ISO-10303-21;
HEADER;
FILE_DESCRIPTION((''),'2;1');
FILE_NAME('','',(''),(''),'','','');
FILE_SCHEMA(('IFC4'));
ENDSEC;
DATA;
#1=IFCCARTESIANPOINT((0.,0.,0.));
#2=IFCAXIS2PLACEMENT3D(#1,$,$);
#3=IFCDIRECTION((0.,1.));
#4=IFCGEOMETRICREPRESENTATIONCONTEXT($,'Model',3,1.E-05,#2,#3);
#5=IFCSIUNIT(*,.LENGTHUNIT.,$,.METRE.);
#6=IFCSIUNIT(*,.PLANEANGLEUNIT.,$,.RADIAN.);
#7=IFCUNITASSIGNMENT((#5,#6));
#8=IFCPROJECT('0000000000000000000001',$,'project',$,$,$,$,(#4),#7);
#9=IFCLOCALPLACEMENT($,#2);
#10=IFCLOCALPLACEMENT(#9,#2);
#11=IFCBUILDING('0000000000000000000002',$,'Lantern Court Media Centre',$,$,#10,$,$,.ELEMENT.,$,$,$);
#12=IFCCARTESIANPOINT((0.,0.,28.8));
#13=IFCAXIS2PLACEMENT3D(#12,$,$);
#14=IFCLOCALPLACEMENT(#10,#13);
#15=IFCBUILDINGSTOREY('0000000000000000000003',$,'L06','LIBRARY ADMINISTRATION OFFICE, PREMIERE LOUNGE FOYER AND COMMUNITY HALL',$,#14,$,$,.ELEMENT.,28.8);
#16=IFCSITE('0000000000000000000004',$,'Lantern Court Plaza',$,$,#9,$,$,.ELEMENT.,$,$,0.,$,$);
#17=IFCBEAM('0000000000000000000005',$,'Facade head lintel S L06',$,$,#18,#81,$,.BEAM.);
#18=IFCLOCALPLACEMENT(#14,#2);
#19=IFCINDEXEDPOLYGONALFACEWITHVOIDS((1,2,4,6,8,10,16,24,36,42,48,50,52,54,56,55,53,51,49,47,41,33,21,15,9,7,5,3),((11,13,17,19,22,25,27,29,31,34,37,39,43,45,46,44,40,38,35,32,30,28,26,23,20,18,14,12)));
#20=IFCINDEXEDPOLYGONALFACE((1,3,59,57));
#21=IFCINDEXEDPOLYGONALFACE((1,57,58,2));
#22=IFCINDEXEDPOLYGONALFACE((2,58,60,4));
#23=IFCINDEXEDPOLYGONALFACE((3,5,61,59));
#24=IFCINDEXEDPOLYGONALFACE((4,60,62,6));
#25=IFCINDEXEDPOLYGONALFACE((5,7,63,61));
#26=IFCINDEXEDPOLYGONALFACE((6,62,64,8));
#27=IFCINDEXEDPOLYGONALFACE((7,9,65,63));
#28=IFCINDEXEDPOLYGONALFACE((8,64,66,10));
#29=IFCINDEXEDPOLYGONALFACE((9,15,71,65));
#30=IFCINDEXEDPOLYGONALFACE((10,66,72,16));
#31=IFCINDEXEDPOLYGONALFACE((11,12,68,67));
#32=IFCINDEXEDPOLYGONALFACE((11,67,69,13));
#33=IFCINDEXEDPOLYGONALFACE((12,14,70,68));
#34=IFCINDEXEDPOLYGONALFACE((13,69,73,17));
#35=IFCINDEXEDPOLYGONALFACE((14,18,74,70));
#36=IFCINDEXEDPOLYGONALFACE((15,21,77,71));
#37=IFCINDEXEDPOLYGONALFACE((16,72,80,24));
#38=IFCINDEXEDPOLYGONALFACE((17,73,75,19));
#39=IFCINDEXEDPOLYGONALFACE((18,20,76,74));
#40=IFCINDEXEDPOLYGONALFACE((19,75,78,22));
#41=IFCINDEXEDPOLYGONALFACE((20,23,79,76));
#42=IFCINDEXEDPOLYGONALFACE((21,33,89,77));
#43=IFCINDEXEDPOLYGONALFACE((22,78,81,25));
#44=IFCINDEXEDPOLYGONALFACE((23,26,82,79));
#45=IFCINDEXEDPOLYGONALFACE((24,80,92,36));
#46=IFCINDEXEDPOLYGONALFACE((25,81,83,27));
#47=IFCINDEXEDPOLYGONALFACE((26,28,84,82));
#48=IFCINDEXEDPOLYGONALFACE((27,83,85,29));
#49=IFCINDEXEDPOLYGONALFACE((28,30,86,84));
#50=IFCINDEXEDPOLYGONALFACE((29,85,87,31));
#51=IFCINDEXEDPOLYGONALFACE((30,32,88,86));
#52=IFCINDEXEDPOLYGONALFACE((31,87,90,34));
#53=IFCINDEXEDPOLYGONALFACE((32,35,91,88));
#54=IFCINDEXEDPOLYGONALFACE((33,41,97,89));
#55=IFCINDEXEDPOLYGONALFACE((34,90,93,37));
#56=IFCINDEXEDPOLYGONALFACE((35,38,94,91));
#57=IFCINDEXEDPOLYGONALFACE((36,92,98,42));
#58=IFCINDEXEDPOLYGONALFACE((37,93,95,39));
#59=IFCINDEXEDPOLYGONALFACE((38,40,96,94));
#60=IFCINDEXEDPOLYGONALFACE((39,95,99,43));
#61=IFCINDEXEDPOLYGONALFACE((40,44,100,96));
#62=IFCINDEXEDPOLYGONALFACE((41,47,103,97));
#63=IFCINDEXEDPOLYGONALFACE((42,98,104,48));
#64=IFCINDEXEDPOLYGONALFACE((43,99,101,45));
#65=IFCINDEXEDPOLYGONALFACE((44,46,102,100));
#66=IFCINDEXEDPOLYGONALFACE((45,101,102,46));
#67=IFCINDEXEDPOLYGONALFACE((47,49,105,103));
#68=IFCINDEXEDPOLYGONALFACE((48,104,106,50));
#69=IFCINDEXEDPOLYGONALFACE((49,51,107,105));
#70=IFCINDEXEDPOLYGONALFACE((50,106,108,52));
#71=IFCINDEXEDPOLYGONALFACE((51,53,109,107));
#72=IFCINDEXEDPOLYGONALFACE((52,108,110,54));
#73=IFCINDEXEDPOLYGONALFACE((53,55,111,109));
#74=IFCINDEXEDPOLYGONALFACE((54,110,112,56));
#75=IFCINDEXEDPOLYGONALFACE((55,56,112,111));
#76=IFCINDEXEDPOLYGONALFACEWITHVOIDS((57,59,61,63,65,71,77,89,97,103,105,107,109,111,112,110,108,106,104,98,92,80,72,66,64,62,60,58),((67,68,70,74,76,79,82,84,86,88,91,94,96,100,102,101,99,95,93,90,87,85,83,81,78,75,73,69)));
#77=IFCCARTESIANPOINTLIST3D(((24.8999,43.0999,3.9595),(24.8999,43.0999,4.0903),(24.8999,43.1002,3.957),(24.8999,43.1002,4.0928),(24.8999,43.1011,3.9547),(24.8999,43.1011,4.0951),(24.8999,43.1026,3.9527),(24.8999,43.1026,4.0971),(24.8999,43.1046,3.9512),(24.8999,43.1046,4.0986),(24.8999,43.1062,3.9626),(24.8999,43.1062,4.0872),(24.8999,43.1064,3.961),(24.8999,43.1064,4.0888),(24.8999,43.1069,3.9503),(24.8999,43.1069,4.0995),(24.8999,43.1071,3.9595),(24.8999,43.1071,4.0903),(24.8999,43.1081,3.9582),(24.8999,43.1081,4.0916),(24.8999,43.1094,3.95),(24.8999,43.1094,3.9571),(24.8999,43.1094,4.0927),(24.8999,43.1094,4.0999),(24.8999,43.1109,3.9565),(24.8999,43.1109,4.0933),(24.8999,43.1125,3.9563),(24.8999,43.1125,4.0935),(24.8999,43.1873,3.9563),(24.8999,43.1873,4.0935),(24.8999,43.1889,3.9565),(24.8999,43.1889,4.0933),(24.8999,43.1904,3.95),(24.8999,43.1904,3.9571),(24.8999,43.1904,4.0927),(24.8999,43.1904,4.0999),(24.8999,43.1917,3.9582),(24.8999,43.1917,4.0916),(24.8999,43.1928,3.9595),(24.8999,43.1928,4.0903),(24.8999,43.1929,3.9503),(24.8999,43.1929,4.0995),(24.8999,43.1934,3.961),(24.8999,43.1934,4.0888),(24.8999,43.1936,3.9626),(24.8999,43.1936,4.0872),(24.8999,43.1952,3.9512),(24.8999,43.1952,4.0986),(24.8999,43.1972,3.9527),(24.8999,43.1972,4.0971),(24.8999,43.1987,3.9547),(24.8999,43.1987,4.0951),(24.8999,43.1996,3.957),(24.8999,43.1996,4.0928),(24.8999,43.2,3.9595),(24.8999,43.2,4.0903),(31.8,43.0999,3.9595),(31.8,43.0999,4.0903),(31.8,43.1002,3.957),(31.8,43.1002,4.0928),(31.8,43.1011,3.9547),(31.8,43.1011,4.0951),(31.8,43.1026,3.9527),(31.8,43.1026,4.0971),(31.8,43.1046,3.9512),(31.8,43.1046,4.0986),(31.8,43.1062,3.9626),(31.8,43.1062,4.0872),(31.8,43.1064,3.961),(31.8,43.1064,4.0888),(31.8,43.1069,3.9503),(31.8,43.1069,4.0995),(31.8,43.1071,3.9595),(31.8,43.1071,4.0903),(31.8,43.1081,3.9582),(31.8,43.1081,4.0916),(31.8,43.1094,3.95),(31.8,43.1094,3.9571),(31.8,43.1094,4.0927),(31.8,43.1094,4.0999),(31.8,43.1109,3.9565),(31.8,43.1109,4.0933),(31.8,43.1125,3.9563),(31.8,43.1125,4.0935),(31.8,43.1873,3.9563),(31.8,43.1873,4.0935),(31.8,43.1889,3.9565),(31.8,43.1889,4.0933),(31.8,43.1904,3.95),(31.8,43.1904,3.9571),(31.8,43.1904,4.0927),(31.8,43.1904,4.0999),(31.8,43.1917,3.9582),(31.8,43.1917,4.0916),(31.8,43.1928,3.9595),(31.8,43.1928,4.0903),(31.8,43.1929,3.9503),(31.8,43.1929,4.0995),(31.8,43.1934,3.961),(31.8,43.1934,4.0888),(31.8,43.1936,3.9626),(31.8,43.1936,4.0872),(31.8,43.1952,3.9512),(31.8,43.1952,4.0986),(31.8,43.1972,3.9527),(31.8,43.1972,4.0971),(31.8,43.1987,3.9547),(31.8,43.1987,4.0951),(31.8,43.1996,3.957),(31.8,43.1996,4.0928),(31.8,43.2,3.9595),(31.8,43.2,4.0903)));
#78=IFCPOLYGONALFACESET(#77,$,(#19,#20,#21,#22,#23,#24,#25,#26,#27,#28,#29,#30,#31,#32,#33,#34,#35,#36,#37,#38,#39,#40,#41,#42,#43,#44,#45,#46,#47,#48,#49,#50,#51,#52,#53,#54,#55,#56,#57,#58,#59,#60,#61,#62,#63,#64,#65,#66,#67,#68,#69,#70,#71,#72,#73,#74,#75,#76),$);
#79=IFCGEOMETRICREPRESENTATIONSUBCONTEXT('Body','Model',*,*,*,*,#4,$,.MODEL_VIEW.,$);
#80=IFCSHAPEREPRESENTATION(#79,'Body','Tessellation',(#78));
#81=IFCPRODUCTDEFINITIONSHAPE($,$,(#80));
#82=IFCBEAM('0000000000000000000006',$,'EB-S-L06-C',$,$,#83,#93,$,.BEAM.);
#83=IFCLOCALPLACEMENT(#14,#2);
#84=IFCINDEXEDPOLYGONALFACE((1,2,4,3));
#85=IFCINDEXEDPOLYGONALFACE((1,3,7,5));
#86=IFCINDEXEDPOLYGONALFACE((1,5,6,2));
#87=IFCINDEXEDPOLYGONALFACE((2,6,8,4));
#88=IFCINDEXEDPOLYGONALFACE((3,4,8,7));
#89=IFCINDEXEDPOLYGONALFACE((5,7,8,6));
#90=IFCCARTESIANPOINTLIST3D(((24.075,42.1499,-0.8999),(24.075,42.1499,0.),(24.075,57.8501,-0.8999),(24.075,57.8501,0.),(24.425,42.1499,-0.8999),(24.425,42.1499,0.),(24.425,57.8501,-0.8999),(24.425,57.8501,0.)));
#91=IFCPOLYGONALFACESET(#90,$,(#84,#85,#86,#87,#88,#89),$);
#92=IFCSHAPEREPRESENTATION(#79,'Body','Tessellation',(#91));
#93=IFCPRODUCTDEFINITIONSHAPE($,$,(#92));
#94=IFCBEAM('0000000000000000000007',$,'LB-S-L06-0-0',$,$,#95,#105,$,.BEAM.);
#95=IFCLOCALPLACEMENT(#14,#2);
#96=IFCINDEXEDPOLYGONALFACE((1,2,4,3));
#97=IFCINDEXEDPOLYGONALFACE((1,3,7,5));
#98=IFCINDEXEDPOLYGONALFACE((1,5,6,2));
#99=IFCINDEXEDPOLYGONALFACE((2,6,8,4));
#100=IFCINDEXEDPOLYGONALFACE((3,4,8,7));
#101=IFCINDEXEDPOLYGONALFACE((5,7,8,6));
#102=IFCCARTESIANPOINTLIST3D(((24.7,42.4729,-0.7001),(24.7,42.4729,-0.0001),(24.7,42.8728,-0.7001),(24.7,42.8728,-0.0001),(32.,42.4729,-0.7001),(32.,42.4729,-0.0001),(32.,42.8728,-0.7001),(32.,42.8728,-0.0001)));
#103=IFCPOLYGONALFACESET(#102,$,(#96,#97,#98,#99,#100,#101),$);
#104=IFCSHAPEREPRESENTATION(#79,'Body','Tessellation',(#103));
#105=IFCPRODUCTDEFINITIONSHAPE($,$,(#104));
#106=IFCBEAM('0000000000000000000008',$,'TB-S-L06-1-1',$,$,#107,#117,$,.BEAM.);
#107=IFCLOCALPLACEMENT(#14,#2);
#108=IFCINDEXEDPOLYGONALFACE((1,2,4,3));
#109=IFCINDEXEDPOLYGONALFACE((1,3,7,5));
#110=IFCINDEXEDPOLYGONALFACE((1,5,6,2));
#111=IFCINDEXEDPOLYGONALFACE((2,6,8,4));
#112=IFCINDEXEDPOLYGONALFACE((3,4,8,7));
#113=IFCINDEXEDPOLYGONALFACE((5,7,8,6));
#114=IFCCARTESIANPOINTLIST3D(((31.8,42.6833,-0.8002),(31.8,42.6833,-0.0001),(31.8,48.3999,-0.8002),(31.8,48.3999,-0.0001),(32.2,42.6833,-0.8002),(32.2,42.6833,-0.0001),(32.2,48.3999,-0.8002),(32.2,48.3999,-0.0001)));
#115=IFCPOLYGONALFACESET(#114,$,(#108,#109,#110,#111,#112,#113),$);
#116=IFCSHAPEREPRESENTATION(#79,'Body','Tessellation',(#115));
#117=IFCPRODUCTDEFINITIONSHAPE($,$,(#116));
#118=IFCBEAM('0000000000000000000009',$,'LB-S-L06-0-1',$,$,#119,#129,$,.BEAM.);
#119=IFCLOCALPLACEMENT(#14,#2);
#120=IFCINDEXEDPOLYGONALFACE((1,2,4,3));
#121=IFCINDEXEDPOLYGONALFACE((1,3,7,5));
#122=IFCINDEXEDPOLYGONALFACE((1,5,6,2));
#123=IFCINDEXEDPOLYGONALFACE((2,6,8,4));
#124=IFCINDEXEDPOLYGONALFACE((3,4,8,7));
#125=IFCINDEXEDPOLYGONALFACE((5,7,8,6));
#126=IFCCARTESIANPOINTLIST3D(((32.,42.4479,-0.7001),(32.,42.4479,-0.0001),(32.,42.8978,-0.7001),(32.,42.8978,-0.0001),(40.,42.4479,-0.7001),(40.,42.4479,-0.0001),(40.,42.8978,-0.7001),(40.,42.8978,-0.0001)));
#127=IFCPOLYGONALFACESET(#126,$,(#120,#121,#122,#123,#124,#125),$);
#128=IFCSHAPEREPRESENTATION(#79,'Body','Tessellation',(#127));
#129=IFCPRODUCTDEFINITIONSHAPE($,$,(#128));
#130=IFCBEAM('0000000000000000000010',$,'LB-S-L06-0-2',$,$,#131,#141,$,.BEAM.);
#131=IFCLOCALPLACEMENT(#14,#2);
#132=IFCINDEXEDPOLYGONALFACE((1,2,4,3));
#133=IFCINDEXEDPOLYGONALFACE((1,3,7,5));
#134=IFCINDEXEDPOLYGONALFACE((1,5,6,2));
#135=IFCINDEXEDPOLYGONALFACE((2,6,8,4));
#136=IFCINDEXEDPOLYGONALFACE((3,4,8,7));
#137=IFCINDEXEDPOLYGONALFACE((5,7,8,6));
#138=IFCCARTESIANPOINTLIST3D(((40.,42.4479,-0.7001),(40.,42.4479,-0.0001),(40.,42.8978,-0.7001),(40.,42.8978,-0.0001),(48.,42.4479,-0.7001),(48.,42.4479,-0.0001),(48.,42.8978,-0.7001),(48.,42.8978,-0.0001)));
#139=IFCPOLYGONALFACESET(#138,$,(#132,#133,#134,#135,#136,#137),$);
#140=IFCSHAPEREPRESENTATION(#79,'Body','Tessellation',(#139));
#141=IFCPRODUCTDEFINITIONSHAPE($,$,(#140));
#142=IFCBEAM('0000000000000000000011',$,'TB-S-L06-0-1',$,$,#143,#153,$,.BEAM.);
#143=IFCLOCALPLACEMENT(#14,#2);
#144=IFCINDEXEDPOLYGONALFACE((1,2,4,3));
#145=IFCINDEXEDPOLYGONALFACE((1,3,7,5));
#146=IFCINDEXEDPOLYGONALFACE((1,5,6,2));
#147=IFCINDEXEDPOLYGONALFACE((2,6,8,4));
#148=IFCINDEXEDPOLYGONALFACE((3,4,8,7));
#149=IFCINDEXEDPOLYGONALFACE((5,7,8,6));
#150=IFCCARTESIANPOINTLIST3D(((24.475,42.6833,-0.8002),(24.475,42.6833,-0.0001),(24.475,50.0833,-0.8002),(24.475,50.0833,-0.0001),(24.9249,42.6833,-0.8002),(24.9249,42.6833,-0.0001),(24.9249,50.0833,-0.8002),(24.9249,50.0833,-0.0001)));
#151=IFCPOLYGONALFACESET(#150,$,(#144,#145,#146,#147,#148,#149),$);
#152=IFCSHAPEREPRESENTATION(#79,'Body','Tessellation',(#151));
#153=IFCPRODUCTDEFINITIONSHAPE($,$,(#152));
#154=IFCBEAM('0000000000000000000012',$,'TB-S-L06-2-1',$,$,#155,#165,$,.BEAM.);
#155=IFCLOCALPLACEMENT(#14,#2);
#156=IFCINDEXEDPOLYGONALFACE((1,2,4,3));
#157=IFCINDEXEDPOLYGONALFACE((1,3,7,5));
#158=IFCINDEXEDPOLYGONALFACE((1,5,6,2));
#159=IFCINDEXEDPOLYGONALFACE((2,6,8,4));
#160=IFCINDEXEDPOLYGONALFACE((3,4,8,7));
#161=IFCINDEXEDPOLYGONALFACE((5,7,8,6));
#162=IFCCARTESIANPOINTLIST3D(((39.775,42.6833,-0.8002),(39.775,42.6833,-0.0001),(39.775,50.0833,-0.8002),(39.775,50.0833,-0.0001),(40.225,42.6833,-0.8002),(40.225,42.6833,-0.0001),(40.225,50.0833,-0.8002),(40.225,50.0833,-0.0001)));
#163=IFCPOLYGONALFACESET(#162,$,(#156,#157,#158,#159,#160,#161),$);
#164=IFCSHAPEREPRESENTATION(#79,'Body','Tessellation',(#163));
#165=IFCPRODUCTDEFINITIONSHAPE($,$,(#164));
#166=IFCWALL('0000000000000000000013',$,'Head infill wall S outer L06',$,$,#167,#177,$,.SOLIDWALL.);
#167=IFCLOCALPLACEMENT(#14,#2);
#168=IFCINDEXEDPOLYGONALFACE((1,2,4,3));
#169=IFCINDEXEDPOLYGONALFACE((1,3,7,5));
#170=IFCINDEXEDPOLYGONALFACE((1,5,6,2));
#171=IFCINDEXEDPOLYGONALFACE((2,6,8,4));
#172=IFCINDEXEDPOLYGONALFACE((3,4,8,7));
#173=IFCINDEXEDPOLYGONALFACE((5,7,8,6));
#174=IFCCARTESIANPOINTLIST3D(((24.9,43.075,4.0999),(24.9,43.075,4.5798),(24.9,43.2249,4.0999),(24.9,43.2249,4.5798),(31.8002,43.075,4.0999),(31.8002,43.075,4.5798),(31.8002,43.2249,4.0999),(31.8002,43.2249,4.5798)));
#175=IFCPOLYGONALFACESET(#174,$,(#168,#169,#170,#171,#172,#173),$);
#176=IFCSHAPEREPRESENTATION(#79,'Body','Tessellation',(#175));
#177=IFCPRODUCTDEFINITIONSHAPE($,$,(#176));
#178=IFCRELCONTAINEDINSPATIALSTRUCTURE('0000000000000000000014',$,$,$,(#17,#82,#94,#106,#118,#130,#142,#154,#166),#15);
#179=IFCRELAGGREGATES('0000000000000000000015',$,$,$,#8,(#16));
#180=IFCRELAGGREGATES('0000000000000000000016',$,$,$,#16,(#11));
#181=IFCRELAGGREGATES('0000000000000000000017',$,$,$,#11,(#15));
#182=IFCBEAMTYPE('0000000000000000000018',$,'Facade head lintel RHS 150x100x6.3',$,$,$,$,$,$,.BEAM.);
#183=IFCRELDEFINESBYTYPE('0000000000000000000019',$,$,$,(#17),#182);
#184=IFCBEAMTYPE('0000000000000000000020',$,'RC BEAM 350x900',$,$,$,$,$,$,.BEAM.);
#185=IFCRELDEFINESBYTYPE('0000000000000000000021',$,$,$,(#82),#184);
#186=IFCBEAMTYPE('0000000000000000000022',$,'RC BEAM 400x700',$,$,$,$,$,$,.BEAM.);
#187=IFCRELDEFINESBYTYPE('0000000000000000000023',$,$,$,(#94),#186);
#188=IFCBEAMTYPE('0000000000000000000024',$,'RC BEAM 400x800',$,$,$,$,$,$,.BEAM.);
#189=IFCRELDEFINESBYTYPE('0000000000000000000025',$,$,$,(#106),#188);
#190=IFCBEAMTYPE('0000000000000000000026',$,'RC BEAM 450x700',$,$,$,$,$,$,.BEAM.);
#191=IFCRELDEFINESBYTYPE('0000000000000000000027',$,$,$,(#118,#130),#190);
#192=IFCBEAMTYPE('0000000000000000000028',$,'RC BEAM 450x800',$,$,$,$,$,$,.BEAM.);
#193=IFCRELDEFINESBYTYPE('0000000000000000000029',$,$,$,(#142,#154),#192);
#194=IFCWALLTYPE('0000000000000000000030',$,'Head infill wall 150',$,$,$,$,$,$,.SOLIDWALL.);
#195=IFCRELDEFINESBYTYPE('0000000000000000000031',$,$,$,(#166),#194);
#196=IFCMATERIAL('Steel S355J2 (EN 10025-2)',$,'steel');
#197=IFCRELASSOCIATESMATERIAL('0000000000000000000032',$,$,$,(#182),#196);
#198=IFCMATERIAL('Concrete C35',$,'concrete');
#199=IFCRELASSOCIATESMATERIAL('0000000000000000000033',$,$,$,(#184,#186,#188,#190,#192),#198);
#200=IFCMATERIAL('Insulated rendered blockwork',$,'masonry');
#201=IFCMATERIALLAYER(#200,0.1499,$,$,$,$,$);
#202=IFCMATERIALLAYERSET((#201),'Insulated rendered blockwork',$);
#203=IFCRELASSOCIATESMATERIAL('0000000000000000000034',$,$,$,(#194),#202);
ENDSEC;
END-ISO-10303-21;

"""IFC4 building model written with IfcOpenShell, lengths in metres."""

from ifc_helpers import new_model, si_unit, direction, frame, frame_2d, origin, origin_2d, place, context, subcontext, project, spatial, rectangle, hollow_rectangle, extrude, material, layer, layer_set, material_profile, profile_set, type_object, element, save


model = new_model("IFC4")

# Units and contexts
model_context = context("Model", 3, precision=1e-05, world=origin(), true_north=direction((0.0, 1.0)))
body_context = subcontext(model_context, "Body", "Model", "MODEL_VIEW")
ifc_project = project(units=[si_unit("LENGTHUNIT", "METRE"), si_unit("PLANEANGLEUNIT", "RADIAN")], contexts=[model_context])

# Site, building, storey
site_placement = place(None, origin())
site = spatial("IfcSite", under=ifc_project, at=site_placement, Name="Lantern Court Plaza", CompositionType="ELEMENT", RefElevation=0.0)
building_placement = place(site_placement, origin())
building = spatial("IfcBuilding", under=site, at=building_placement, Name="Lantern Court Media Centre", CompositionType="ELEMENT")
storey_placement = place(building_placement, frame((0.0, 0.0, 28.8)))
storey = spatial("IfcBuildingStorey", under=building, at=storey_placement, Name="L06", Description="LIBRARY ADMINISTRATION OFFICE, PREMIERE LOUNGE FOYER AND COMMUNITY HALL", CompositionType="ELEMENT", Elevation=28.8)

# Shared definitions
ifc_material_1 = material(Name="Concrete C35", Category="concrete")

# Beams
ifc_material_2 = material(Name="Steel S355J2 (EN 10025-2)", Category="steel")
ifc_material_profile_1 = material_profile(ifc_material_2, hollow_rectangle(XDim=0.1001, YDim=0.1499, WallThickness=0.0063, InnerFilletRadius=0.0063, OuterFilletRadius=0.0095, at=origin_2d()), Name="Facade head lintel RHS 150x100x6.3")
ifc_profile_set_1 = profile_set([ifc_material_profile_1], Name="Steel S355J2 (EN 10025-2)")
beam_type_1 = type_object("IfcBeamType", Name="Facade head lintel RHS 150x100x6.3", PredefinedType="BEAM", material=ifc_profile_set_1)
beam_1_placement = place(storey_placement, frame((24.8999, 43.1499, 4.0249), z_axis=(1.0, 0.0, 0.0), x_axis=(0.0, 1.0, 0.0)))
element("IfcBeam", 1, at=beam_1_placement, inside=storey, type_object=beam_type_1, Name="Facade head lintel S L06", PredefinedType="BEAM", context=body_context, shape_type="SweptSolid", body=[
    extrude(hollow_rectangle(XDim=0.1001, YDim=0.1499, WallThickness=0.0063, InnerFilletRadius=0.0063, OuterFilletRadius=0.0095, at=origin_2d()), origin(), (0.0, 0.0, 1.0), 6.9001),
])
ifc_material_profile_2 = material_profile(ifc_material_1, rectangle(XDim=0.3501, YDim=0.8999, at=origin_2d()), Name="RC 350x900")
ifc_profile_set_2 = profile_set([ifc_material_profile_2], Name="Concrete C35")
beam_type_2 = type_object("IfcBeamType", Name="RC BEAM 350x900", PredefinedType="BEAM", material=ifc_profile_set_2)
beam_2_placement = place(storey_placement, frame((24.25, 42.1499, -0.45), z_axis=(0.0, 1.0, 0.0), x_axis=(-1.0, 0.0, 0.0)))
element("IfcBeam", 2, at=beam_2_placement, inside=storey, type_object=beam_type_2, Name="EB-S-L06-C", PredefinedType="BEAM", context=body_context, shape_type="SweptSolid", body=[
    extrude(rectangle(XDim=0.3501, YDim=0.8999, at=origin_2d()), origin(), (0.0, 0.0, 1.0), 15.7002),
])
ifc_material_profile_3 = material_profile(ifc_material_1, rectangle(XDim=0.3999, YDim=0.7, at=origin_2d()), Name="RC 400x700")
ifc_profile_set_3 = profile_set([ifc_material_profile_3], Name="Concrete C35")
beam_type_3 = type_object("IfcBeamType", Name="RC BEAM 400x700", PredefinedType="BEAM", material=ifc_profile_set_3)
beam_3_placement = place(storey_placement, frame((24.7, 42.6729, -0.3501), z_axis=(1.0, 0.0, 0.0), x_axis=(0.0, 1.0, 0.0)))
element("IfcBeam", 3, at=beam_3_placement, inside=storey, type_object=beam_type_3, Name="LB-S-L06-0-0", PredefinedType="BEAM", context=body_context, shape_type="SweptSolid", body=[
    extrude(rectangle(XDim=0.3999, YDim=0.7, at=origin_2d()), origin(), (0.0, 0.0, 1.0), 7.3),
])
ifc_material_profile_4 = material_profile(ifc_material_1, rectangle(XDim=0.3999, YDim=0.8, at=origin_2d()), Name="RC 400x800")
ifc_profile_set_4 = profile_set([ifc_material_profile_4], Name="Concrete C35")
beam_type_4 = type_object("IfcBeamType", Name="RC BEAM 400x800", PredefinedType="BEAM", material=ifc_profile_set_4)
beam_4_placement = place(storey_placement, frame((32.0, 42.6833, -0.4001), z_axis=(0.0, 1.0, 0.0), x_axis=(-1.0, 0.0, 0.0)))
element("IfcBeam", 4, at=beam_4_placement, inside=storey, type_object=beam_type_4, Name="TB-S-L06-1-1", PredefinedType="BEAM", context=body_context, shape_type="SweptSolid", body=[
    extrude(rectangle(XDim=0.3999, YDim=0.8, at=origin_2d()), origin(), (0.0, 0.0, 1.0), 5.7166),
])
ifc_material_profile_5 = material_profile(ifc_material_1, rectangle(XDim=0.45, YDim=0.7, at=origin_2d()), Name="RC 450x700")
ifc_profile_set_5 = profile_set([ifc_material_profile_5], Name="Concrete C35")
beam_type_5 = type_object("IfcBeamType", Name="RC BEAM 450x700", PredefinedType="BEAM", material=ifc_profile_set_5)
for number, where, z_axis, x_axis, name in (
    (5, (32.0, 42.6729, -0.3501), (1.0, 0.0, 0.0), (0.0, 1.0, 0.0), "LB-S-L06-0-1"),
    (6, (40.0, 42.6729, -0.3501), (1.0, 0.0, 0.0), (0.0, 1.0, 0.0), "LB-S-L06-0-2"),
):
    element("IfcBeam", number, at=place(storey_placement, frame(where, z_axis=z_axis, x_axis=x_axis)), inside=storey, type_object=beam_type_5, Name=name, PredefinedType="BEAM", context=body_context, shape_type="SweptSolid", body=[
        extrude(rectangle(XDim=0.45, YDim=0.7, at=origin_2d()), origin(), (0.0, 0.0, 1.0), 8.0),
    ])
ifc_material_profile_6 = material_profile(ifc_material_1, rectangle(XDim=0.45, YDim=0.8, at=origin_2d()), Name="RC 450x800")
ifc_profile_set_6 = profile_set([ifc_material_profile_6], Name="Concrete C35")
beam_type_6 = type_object("IfcBeamType", Name="RC BEAM 450x800", PredefinedType="BEAM", material=ifc_profile_set_6)
for number, where, z_axis, x_axis, name in (
    (7, (24.7, 42.6833, -0.4001), (0.0, 1.0, 0.0), (-1.0, 0.0, 0.0), "TB-S-L06-0-1"),
    (8, (40.0, 42.6833, -0.4001), (0.0, 1.0, 0.0), (-1.0, 0.0, 0.0), "TB-S-L06-2-1"),
):
    element("IfcBeam", number, at=place(storey_placement, frame(where, z_axis=z_axis, x_axis=x_axis)), inside=storey, type_object=beam_type_6, Name=name, PredefinedType="BEAM", context=body_context, shape_type="SweptSolid", body=[
        extrude(rectangle(XDim=0.45, YDim=0.8, at=origin_2d()), origin(), (0.0, 0.0, 1.0), 7.3999),
    ])

# Wall
ifc_material_3 = material(Name="Insulated rendered blockwork", Category="masonry")
ifc_layer_1 = layer(ifc_material_3, 0.1499)
ifc_layer_set_1 = layer_set([ifc_layer_1], Name="Insulated rendered blockwork")
wall_type = type_object("IfcWallType", Name="Head infill wall 150", PredefinedType="SOLIDWALL", material=ifc_layer_set_1)
wall_placement = place(storey_placement, frame((24.8999, 43.1499, 4.0999), z_axis=(0.0, 0.0, 1.0), x_axis=(1.0, 0.0, 0.0)))
element("IfcWall", 9, at=wall_placement, inside=storey, type_object=wall_type, Name="Head infill wall S outer L06", PredefinedType="SOLIDWALL", context=body_context, shape_type="SweptSolid", body=[
    extrude(rectangle(XDim=6.9001, YDim=0.1499, at=frame_2d((3.4502, 0.0))), origin(), (0.0, 0.0, 1.0), 0.48),
])

save(model, "model.ifc")
